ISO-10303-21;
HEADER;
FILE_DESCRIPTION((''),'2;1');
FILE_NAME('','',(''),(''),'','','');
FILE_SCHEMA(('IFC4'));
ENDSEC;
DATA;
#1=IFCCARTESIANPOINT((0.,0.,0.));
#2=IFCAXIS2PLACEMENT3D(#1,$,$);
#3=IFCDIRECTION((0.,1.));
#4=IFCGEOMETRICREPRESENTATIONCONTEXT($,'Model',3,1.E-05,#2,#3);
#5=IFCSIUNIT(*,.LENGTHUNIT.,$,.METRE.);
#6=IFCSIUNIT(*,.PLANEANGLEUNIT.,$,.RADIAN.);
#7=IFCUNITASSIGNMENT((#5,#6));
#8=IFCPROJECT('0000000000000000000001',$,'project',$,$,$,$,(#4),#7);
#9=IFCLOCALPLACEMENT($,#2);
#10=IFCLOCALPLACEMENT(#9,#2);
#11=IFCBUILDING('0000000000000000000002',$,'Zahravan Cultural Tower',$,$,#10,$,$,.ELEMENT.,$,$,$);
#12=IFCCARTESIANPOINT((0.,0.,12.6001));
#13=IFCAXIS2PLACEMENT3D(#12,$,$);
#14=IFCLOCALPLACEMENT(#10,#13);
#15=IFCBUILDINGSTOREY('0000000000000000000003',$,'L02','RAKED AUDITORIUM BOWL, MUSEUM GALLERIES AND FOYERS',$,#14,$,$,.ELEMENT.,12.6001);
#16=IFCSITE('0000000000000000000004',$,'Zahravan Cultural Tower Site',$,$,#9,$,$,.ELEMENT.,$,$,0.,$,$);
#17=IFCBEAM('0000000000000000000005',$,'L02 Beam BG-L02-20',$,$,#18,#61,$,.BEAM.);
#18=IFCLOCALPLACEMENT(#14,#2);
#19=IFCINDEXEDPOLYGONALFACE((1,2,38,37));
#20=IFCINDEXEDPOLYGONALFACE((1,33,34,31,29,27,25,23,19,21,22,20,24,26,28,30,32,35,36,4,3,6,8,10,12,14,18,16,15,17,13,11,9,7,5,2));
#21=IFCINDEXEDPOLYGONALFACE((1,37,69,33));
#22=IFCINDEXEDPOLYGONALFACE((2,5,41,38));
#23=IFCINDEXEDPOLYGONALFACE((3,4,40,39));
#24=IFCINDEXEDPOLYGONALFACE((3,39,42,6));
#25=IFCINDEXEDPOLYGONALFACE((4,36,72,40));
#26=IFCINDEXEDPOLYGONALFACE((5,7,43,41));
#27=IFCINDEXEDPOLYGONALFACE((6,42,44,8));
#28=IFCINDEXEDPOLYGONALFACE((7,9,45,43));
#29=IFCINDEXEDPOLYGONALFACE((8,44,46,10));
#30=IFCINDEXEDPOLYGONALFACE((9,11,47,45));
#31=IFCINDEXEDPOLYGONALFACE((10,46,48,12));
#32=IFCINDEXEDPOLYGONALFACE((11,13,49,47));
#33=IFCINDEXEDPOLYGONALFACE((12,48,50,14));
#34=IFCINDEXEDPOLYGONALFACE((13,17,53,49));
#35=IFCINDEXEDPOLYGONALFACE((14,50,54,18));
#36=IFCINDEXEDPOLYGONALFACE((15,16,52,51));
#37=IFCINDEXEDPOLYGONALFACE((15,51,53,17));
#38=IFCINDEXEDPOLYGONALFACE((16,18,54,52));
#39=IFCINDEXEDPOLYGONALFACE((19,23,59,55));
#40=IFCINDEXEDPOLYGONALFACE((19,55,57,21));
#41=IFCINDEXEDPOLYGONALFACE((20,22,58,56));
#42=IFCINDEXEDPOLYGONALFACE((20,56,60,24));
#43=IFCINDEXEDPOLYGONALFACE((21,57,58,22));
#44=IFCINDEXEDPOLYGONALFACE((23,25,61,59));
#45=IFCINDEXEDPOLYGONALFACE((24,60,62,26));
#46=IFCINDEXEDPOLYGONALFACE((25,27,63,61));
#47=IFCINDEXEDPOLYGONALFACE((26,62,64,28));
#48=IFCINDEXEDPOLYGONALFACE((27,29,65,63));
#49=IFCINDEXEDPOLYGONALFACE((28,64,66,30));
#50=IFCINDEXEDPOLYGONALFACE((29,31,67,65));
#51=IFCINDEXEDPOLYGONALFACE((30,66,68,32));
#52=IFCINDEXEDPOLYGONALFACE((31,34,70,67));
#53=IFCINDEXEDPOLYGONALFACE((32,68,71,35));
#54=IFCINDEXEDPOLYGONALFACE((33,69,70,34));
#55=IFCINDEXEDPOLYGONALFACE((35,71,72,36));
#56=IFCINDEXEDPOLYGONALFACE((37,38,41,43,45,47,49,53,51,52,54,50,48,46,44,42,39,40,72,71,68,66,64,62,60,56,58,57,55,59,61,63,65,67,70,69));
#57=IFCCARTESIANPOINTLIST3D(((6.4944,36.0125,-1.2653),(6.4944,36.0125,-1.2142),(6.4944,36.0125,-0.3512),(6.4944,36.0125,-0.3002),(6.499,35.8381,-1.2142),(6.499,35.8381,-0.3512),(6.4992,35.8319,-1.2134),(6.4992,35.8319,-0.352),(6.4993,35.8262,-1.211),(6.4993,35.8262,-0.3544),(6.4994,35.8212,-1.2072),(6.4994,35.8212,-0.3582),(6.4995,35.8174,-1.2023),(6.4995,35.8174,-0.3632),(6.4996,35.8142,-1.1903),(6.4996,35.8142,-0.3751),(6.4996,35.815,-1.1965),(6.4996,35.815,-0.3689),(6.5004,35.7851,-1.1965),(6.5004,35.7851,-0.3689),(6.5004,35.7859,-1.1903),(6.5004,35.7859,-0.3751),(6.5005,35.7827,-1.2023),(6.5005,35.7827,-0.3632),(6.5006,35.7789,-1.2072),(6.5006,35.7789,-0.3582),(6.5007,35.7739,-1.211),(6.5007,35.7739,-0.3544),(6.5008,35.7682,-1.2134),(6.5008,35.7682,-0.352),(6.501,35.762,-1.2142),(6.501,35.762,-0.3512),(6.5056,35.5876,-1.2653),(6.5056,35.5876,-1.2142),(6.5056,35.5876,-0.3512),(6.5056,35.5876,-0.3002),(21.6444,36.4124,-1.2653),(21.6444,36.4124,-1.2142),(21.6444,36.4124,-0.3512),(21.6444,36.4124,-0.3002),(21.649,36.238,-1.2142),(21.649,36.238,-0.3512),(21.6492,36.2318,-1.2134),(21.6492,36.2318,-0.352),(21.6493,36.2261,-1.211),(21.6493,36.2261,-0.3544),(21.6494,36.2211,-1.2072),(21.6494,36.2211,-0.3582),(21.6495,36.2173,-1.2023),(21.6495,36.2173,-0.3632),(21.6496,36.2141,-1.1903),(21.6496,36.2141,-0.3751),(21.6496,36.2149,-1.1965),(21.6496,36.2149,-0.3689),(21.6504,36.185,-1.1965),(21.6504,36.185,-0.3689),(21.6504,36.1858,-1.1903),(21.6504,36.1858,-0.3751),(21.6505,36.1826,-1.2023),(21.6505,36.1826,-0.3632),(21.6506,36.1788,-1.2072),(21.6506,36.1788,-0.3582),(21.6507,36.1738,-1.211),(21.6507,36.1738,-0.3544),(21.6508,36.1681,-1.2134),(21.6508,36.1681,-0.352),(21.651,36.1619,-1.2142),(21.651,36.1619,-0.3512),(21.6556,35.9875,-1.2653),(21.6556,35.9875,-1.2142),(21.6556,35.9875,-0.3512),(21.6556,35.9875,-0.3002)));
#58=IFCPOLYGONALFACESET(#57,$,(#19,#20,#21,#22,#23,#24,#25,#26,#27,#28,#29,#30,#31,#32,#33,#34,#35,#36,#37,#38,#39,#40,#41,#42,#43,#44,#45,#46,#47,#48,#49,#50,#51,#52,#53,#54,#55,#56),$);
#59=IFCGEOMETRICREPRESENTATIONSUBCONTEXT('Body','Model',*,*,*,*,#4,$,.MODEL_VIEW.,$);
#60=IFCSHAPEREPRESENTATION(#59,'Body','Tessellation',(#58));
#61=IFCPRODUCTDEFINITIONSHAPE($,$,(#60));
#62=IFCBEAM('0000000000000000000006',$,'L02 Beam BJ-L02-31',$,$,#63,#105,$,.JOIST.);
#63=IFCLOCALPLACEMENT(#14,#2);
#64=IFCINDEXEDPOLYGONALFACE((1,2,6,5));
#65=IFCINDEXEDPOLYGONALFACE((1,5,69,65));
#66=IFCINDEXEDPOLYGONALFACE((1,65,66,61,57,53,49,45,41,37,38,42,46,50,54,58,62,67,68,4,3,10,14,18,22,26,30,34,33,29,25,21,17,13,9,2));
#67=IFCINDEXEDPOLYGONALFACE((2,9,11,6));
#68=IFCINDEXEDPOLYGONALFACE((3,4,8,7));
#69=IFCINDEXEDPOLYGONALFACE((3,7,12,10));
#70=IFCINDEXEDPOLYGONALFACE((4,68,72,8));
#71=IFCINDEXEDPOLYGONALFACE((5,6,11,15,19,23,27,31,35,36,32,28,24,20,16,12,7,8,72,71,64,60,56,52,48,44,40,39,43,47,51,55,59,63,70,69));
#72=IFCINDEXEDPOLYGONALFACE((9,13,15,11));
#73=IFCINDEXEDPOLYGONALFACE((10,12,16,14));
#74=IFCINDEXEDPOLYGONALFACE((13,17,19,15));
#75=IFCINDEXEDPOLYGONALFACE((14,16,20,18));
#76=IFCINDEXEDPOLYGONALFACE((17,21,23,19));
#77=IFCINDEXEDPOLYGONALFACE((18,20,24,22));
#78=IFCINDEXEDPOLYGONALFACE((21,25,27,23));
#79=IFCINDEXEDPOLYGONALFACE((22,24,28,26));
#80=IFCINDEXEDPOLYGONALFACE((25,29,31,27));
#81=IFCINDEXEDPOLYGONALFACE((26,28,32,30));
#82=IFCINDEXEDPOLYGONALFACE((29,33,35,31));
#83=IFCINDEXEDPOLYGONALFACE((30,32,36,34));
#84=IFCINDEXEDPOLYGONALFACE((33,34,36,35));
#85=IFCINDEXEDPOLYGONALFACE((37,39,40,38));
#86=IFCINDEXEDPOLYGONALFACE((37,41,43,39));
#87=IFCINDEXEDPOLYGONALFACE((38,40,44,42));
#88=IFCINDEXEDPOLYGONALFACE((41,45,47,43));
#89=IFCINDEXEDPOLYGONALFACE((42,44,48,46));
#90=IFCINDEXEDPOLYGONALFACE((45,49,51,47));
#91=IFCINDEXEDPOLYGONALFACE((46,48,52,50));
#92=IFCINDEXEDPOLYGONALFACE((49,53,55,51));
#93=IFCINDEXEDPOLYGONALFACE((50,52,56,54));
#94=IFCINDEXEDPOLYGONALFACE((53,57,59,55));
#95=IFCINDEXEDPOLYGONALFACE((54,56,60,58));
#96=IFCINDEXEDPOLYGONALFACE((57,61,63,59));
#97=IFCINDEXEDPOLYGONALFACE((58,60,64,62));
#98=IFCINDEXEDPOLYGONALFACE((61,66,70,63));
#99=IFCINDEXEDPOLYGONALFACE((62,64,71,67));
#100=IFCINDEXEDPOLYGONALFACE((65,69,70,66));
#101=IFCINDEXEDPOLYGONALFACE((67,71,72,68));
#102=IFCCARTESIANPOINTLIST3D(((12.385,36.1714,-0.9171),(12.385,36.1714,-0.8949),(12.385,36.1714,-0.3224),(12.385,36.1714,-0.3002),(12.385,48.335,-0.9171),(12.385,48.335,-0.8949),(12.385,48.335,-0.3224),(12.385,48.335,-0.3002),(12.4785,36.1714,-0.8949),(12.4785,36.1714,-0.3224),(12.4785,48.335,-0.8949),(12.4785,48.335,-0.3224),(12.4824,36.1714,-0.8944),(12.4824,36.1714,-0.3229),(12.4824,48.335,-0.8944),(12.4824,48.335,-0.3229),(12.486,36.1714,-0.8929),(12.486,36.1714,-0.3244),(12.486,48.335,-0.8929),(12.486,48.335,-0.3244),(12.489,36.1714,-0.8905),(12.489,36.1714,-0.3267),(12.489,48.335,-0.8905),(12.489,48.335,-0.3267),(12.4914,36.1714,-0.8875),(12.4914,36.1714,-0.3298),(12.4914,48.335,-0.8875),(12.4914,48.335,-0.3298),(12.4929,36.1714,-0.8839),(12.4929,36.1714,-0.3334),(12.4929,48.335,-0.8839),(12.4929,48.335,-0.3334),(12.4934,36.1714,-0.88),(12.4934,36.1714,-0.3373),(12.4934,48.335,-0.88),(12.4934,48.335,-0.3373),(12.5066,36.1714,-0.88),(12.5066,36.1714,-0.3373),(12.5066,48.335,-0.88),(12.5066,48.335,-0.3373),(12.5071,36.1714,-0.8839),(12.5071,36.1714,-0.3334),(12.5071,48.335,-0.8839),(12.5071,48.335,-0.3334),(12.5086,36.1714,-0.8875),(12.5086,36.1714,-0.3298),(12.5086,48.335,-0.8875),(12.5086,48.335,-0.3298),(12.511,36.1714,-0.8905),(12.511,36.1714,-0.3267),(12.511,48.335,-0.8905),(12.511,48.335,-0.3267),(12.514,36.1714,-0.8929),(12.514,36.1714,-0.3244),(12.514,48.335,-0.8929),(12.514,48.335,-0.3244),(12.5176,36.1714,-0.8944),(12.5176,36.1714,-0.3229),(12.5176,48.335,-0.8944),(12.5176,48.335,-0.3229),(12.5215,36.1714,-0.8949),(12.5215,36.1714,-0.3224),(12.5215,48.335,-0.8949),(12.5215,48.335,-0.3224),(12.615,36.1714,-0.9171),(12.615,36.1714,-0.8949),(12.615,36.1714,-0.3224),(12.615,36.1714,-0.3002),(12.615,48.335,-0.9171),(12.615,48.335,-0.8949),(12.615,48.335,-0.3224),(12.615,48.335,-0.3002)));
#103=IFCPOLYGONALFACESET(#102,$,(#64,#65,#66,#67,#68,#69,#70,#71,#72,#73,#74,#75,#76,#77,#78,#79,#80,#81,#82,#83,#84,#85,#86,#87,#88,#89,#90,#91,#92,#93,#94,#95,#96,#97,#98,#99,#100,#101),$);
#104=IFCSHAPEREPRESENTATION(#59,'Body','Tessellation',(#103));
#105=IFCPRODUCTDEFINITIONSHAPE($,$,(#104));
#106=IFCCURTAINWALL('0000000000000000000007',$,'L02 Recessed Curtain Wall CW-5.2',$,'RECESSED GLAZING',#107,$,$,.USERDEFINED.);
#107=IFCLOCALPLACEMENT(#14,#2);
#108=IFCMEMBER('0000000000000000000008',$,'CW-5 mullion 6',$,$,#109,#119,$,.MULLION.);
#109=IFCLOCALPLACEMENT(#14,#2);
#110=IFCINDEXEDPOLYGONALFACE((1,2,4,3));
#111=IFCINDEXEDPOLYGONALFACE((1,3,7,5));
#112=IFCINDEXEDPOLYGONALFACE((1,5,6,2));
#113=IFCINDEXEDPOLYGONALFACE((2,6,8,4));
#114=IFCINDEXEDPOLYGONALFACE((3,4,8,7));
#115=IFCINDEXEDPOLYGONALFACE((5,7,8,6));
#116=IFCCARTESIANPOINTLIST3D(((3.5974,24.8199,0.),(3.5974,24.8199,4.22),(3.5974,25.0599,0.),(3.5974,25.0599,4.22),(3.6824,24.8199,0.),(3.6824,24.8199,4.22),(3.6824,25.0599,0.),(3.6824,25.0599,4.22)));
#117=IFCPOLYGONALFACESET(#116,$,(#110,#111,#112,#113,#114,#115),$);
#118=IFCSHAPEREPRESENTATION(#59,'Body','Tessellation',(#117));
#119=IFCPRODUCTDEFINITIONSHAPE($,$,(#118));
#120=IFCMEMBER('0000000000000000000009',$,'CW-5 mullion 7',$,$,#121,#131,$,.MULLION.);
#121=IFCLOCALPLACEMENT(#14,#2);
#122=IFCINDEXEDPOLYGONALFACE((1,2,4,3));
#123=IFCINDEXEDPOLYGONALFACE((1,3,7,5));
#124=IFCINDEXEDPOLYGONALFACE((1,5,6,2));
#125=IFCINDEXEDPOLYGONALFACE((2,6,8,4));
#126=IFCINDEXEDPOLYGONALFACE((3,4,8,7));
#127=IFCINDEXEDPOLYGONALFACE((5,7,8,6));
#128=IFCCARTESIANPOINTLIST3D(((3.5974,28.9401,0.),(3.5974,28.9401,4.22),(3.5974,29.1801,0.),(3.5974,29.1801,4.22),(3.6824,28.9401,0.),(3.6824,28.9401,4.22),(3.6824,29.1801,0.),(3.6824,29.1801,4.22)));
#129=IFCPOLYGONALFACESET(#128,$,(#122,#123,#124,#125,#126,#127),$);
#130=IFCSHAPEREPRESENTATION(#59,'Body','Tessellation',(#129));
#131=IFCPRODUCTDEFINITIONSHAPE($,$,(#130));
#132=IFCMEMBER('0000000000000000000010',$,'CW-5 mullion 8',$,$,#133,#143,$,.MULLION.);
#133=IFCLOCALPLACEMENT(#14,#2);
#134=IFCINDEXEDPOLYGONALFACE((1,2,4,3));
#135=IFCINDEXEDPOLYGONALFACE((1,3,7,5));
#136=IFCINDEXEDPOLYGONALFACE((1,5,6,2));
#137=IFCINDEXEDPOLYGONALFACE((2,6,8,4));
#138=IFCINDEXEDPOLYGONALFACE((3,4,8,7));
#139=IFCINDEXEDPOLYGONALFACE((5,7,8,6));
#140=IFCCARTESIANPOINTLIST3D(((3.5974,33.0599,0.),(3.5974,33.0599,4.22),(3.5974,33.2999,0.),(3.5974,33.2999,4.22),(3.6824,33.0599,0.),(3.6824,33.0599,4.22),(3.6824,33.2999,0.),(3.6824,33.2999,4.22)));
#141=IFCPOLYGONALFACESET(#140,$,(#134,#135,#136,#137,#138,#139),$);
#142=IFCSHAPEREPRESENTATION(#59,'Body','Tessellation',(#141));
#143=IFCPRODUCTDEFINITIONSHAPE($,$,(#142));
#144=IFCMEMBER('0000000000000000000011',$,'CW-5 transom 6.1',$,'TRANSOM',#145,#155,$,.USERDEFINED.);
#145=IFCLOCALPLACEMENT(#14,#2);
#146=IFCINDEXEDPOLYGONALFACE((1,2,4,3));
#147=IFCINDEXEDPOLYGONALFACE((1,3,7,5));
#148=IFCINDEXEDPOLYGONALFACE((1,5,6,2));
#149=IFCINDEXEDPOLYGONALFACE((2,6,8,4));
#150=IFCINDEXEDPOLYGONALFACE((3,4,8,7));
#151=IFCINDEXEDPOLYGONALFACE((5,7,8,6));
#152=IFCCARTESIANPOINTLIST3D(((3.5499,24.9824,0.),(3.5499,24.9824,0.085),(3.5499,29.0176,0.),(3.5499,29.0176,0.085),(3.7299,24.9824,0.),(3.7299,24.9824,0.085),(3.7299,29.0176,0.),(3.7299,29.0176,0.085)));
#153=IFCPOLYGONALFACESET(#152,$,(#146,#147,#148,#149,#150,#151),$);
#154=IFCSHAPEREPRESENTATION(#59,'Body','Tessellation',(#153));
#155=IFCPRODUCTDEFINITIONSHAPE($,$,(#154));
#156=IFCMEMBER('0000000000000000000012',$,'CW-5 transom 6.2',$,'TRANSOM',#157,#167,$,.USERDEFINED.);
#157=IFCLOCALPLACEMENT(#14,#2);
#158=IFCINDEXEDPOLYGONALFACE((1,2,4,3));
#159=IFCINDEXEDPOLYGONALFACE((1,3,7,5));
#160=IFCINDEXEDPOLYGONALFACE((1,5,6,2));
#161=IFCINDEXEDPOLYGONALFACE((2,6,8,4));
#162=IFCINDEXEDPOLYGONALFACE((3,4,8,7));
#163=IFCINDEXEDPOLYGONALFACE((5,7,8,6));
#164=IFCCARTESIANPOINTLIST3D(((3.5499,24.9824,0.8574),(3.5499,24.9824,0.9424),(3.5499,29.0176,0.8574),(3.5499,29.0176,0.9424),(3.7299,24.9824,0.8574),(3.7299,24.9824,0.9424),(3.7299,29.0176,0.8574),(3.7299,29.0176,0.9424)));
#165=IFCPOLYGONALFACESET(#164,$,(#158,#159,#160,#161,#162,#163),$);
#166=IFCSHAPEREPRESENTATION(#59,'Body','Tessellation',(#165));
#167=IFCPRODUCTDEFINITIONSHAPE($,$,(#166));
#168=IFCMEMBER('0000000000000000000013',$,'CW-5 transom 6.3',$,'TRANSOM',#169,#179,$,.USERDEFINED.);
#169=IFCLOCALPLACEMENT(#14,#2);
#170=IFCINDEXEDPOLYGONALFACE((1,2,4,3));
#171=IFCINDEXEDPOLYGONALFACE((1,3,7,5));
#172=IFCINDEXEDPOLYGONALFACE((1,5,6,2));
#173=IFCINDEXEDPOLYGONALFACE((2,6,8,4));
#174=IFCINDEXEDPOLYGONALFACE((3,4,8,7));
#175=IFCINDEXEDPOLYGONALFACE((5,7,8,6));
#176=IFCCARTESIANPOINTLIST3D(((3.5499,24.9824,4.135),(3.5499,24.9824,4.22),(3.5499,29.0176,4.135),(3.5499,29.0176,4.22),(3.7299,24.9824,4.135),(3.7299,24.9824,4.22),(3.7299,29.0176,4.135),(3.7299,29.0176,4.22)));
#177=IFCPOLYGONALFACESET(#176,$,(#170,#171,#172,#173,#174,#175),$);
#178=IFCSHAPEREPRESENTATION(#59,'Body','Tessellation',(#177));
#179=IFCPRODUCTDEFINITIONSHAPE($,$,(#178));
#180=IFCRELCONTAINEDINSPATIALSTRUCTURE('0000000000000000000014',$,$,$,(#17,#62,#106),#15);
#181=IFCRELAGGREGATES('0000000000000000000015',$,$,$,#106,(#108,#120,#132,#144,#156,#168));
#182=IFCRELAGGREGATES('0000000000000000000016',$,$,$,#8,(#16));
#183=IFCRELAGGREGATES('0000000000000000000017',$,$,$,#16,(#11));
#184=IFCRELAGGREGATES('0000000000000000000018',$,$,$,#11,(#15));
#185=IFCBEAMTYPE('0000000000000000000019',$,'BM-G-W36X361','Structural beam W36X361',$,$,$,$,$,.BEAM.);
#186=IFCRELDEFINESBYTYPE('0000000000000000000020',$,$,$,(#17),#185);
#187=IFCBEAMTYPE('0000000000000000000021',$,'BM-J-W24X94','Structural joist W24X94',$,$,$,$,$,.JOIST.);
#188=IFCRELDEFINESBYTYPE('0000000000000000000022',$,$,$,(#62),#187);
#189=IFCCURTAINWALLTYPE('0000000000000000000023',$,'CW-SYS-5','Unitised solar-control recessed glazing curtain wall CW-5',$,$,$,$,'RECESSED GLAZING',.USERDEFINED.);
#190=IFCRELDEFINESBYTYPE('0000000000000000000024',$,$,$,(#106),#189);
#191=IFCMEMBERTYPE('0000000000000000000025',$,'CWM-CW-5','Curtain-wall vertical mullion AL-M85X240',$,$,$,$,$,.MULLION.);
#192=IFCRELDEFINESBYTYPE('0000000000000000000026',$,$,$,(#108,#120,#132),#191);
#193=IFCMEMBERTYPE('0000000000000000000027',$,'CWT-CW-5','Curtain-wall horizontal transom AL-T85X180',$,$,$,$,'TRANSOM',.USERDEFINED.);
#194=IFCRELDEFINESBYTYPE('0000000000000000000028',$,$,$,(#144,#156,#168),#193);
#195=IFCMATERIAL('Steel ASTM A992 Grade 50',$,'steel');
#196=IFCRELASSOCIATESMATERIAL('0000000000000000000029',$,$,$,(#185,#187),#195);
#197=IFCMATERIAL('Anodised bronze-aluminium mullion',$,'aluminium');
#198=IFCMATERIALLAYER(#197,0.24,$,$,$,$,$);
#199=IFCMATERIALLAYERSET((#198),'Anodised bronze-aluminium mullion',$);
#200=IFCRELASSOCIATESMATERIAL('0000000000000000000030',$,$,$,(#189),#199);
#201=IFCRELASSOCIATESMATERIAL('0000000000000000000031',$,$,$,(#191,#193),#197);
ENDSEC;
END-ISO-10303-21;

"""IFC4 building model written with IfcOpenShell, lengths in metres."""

from ifc_helpers import new_model, si_unit, direction, frame, origin, origin_2d, place, context, subcontext, project, spatial, rectangle, i_section, extrude, source, transform, mapped, material, layer, layer_set, material_profile, profile_set, type_object, element, aggregate, save


model = new_model("IFC4")

# Units and contexts
model_context = context("Model", 3, precision=1e-05, world=origin(), true_north=direction((0.0, 1.0)))
body_context = subcontext(model_context, "Body", "Model", "MODEL_VIEW")
ifc_project = project(units=[si_unit("LENGTHUNIT", "METRE"), si_unit("PLANEANGLEUNIT", "RADIAN")], contexts=[model_context])

# Site, building, storey
site_placement = place(None, origin())
site = spatial("IfcSite", under=ifc_project, at=site_placement, Name="Zahravan Cultural Tower Site", CompositionType="ELEMENT", RefElevation=0.0)
building_placement = place(site_placement, origin())
building = spatial("IfcBuilding", under=site, at=building_placement, Name="Zahravan Cultural Tower", CompositionType="ELEMENT")
storey_placement = place(building_placement, frame((0.0, 0.0, 12.6001)))
storey = spatial("IfcBuildingStorey", under=building, at=storey_placement, Name="L02", Description="RAKED AUDITORIUM BOWL, MUSEUM GALLERIES AND FOYERS", CompositionType="ELEMENT", Elevation=12.6001)

# Beams
ifc_material_1 = material(Name="Steel ASTM A992 Grade 50", Category="steel")
ifc_material_profile_1 = material_profile(ifc_material_1, i_section(OverallWidth=0.425, OverallDepth=0.9651, WebThickness=0.0283, FlangeThickness=0.051, FilletRadius=0.0239, at=origin_2d()), Name="W36X361")
ifc_profile_set_1 = profile_set([ifc_material_profile_1], Name="Steel ASTM A992 Grade 50")
beam_type_1 = type_object("IfcBeamType", Name="BM-G-W36X361", Description="Structural beam W36X361", PredefinedType="BEAM", material=ifc_profile_set_1)
shared_shape_1 = source(origin(), body_context, "Body", "SweptSolid", [
    extrude(i_section(OverallWidth=0.425, OverallDepth=0.9651, WebThickness=0.0283, FlangeThickness=0.051, FilletRadius=0.0239, at=origin_2d()), origin(), (0.0, 0.0, 1.0), 15.1553),
])
beam_1_placement = place(storey_placement, frame((6.5, 35.8, -0.7827), z_axis=(0.999652, 0.026387, 0.0), x_axis=(-0.026387, 0.999652, 0.0)))
element("IfcBeam", 1, at=beam_1_placement, inside=storey, type_object=beam_type_1, Name="L02 Beam BG-L02-20", PredefinedType="BEAM", context=body_context, shape_type="MappedRepresentation", body=[
    mapped(shared_shape_1, transform((0.0, 0.0, 0.0), x_axis=(1.0, 0.0, 0.0), y_axis=(0.0, 1.0, 0.0), z_axis=(0.0, 0.0, 1.0), scale=1.0)),
])
ifc_material_profile_2 = material_profile(ifc_material_1, i_section(OverallWidth=0.23, OverallDepth=0.6169, WebThickness=0.0132, FlangeThickness=0.0222, FilletRadius=0.0149, at=origin_2d()), Name="W24X94")
ifc_profile_set_2 = profile_set([ifc_material_profile_2], Name="Steel ASTM A992 Grade 50")
beam_type_2 = type_object("IfcBeamType", Name="BM-J-W24X94", Description="Structural joist W24X94", PredefinedType="JOIST", material=ifc_profile_set_2)
shared_shape_2 = source(origin(), body_context, "Body", "SweptSolid", [
    extrude(i_section(OverallWidth=0.23, OverallDepth=0.6169, WebThickness=0.0132, FlangeThickness=0.0222, FilletRadius=0.0149, at=origin_2d()), origin(), (0.0, 0.0, 1.0), 12.1636),
])
beam_2_placement = place(storey_placement, frame((12.5, 36.1714, -0.6086), z_axis=(0.0, 1.0, 0.0), x_axis=(-1.0, 0.0, 0.0)))
element("IfcBeam", 2, at=beam_2_placement, inside=storey, type_object=beam_type_2, Name="L02 Beam BJ-L02-31", PredefinedType="JOIST", context=body_context, shape_type="MappedRepresentation", body=[
    mapped(shared_shape_2, transform((0.0, 0.0, 0.0), x_axis=(1.0, 0.0, 0.0), y_axis=(0.0, 1.0, 0.0), z_axis=(0.0, 0.0, 1.0), scale=1.0)),
])

# Curtain wall, members
ifc_material_2 = material(Name="Anodised bronze-aluminium mullion", Category="aluminium")
ifc_layer_1 = layer(ifc_material_2, 0.24)
ifc_layer_set_1 = layer_set([ifc_layer_1], Name="Anodised bronze-aluminium mullion")
curtain_wall_type = type_object("IfcCurtainWallType", Name="CW-SYS-5", Description="Unitised solar-control recessed glazing curtain wall CW-5", ElementType="RECESSED GLAZING", PredefinedType="USERDEFINED", material=ifc_layer_set_1)
curtain_wall_placement = place(storey_placement, origin())
curtain_wall = element("IfcCurtainWall", 3, at=curtain_wall_placement, inside=storey, type_object=curtain_wall_type, Name="L02 Recessed Curtain Wall CW-5.2", ObjectType="RECESSED GLAZING", PredefinedType="USERDEFINED")
ifc_material_profile_3 = material_profile(ifc_material_2, rectangle(XDim=0.085, YDim=0.24, at=origin_2d()), Name="AL-M85X240")
ifc_profile_set_3 = profile_set([ifc_material_profile_3], Name="Anodised bronze-aluminium mullion")
member_type_1 = type_object("IfcMemberType", Name="CWM-CW-5", Description="Curtain-wall vertical mullion AL-M85X240", PredefinedType="MULLION", material=ifc_profile_set_3)
shared_shape_3 = source(origin(), body_context, "Body", "SweptSolid", [
    extrude(rectangle(XDim=0.085, YDim=0.24, at=origin_2d()), origin(), (0.0, 0.0, 1.0), 4.22),
])
member_1_placement = place(storey_placement, frame((3.6399, 24.9399, 0.0), z_axis=(0.0, 0.0, 1.0), x_axis=(-1.0, 0.0, 0.0)))
member_1 = element("IfcMember", 4, at=member_1_placement, type_object=member_type_1, Name="CW-5 mullion 6", PredefinedType="MULLION", context=body_context, shape_type="MappedRepresentation", body=[
    mapped(shared_shape_3, transform((0.0, 0.0, 0.0), x_axis=(1.0, 0.0, 0.0), y_axis=(0.0, 1.0, 0.0), z_axis=(0.0, 0.0, 1.0), scale=1.0)),
])
member_2_placement = place(storey_placement, frame((3.6399, 29.0601, 0.0), z_axis=(0.0, 0.0, 1.0), x_axis=(-1.0, 0.0, 0.0)))
member_2 = element("IfcMember", 5, at=member_2_placement, type_object=member_type_1, Name="CW-5 mullion 7", PredefinedType="MULLION", context=body_context, shape_type="MappedRepresentation", body=[
    mapped(shared_shape_3, transform((0.0, 0.0, 0.0), x_axis=(1.0, 0.0, 0.0), y_axis=(0.0, 1.0, 0.0), z_axis=(0.0, 0.0, 1.0), scale=1.0)),
])
member_3_placement = place(storey_placement, frame((3.6399, 33.1799, 0.0), z_axis=(0.0, 0.0, 1.0), x_axis=(-1.0, 0.0, 0.0)))
member_3 = element("IfcMember", 6, at=member_3_placement, type_object=member_type_1, Name="CW-5 mullion 8", PredefinedType="MULLION", context=body_context, shape_type="MappedRepresentation", body=[
    mapped(shared_shape_3, transform((0.0, 0.0, 0.0), x_axis=(1.0, 0.0, 0.0), y_axis=(0.0, 1.0, 0.0), z_axis=(0.0, 0.0, 1.0), scale=1.0)),
])
ifc_material_profile_4 = material_profile(ifc_material_2, rectangle(XDim=0.1799, YDim=0.085, at=origin_2d()), Name="AL-T85X180")
ifc_profile_set_4 = profile_set([ifc_material_profile_4], Name="Anodised bronze-aluminium mullion")
member_type_2 = type_object("IfcMemberType", Name="CWT-CW-5", Description="Curtain-wall horizontal transom AL-T85X180", ElementType="TRANSOM", PredefinedType="USERDEFINED", material=ifc_profile_set_4)
shared_shape_4 = source(origin(), body_context, "Body", "SweptSolid", [
    extrude(rectangle(XDim=0.1799, YDim=0.085, at=origin_2d()), origin(), (0.0, 0.0, 1.0), 4.0352),
])
member_4_placement = place(storey_placement, frame((3.6399, 24.9824, 0.0425), z_axis=(0.0, 1.0, 0.0), x_axis=(-1.0, 0.0, 0.0)))
member_4 = element("IfcMember", 7, at=member_4_placement, type_object=member_type_2, Name="CW-5 transom 6.1", ObjectType="TRANSOM", PredefinedType="USERDEFINED", context=body_context, shape_type="MappedRepresentation", body=[
    mapped(shared_shape_4, transform((0.0, 0.0, 0.0), x_axis=(1.0, 0.0, 0.0), y_axis=(0.0, 1.0, 0.0), z_axis=(0.0, 0.0, 1.0), scale=1.0)),
])
member_5_placement = place(storey_placement, frame((3.6399, 24.9824, 0.8999), z_axis=(0.0, 1.0, 0.0), x_axis=(-1.0, 0.0, 0.0)))
member_5 = element("IfcMember", 8, at=member_5_placement, type_object=member_type_2, Name="CW-5 transom 6.2", ObjectType="TRANSOM", PredefinedType="USERDEFINED", context=body_context, shape_type="MappedRepresentation", body=[
    mapped(shared_shape_4, transform((0.0, 0.0, 0.0), x_axis=(1.0, 0.0, 0.0), y_axis=(0.0, 1.0, 0.0), z_axis=(0.0, 0.0, 1.0), scale=1.0)),
])
member_6_placement = place(storey_placement, frame((3.6399, 24.9824, 4.1775), z_axis=(0.0, 1.0, 0.0), x_axis=(-1.0, 0.0, 0.0)))
member_6 = element("IfcMember", 9, at=member_6_placement, type_object=member_type_2, Name="CW-5 transom 6.3", ObjectType="TRANSOM", PredefinedType="USERDEFINED", context=body_context, shape_type="MappedRepresentation", body=[
    mapped(shared_shape_4, transform((0.0, 0.0, 0.0), x_axis=(1.0, 0.0, 0.0), y_axis=(0.0, 1.0, 0.0), z_axis=(0.0, 0.0, 1.0), scale=1.0)),
])
aggregate(curtain_wall, [member_1, member_2, member_3, member_4, member_5, member_6])

save(model, "model.ifc")
